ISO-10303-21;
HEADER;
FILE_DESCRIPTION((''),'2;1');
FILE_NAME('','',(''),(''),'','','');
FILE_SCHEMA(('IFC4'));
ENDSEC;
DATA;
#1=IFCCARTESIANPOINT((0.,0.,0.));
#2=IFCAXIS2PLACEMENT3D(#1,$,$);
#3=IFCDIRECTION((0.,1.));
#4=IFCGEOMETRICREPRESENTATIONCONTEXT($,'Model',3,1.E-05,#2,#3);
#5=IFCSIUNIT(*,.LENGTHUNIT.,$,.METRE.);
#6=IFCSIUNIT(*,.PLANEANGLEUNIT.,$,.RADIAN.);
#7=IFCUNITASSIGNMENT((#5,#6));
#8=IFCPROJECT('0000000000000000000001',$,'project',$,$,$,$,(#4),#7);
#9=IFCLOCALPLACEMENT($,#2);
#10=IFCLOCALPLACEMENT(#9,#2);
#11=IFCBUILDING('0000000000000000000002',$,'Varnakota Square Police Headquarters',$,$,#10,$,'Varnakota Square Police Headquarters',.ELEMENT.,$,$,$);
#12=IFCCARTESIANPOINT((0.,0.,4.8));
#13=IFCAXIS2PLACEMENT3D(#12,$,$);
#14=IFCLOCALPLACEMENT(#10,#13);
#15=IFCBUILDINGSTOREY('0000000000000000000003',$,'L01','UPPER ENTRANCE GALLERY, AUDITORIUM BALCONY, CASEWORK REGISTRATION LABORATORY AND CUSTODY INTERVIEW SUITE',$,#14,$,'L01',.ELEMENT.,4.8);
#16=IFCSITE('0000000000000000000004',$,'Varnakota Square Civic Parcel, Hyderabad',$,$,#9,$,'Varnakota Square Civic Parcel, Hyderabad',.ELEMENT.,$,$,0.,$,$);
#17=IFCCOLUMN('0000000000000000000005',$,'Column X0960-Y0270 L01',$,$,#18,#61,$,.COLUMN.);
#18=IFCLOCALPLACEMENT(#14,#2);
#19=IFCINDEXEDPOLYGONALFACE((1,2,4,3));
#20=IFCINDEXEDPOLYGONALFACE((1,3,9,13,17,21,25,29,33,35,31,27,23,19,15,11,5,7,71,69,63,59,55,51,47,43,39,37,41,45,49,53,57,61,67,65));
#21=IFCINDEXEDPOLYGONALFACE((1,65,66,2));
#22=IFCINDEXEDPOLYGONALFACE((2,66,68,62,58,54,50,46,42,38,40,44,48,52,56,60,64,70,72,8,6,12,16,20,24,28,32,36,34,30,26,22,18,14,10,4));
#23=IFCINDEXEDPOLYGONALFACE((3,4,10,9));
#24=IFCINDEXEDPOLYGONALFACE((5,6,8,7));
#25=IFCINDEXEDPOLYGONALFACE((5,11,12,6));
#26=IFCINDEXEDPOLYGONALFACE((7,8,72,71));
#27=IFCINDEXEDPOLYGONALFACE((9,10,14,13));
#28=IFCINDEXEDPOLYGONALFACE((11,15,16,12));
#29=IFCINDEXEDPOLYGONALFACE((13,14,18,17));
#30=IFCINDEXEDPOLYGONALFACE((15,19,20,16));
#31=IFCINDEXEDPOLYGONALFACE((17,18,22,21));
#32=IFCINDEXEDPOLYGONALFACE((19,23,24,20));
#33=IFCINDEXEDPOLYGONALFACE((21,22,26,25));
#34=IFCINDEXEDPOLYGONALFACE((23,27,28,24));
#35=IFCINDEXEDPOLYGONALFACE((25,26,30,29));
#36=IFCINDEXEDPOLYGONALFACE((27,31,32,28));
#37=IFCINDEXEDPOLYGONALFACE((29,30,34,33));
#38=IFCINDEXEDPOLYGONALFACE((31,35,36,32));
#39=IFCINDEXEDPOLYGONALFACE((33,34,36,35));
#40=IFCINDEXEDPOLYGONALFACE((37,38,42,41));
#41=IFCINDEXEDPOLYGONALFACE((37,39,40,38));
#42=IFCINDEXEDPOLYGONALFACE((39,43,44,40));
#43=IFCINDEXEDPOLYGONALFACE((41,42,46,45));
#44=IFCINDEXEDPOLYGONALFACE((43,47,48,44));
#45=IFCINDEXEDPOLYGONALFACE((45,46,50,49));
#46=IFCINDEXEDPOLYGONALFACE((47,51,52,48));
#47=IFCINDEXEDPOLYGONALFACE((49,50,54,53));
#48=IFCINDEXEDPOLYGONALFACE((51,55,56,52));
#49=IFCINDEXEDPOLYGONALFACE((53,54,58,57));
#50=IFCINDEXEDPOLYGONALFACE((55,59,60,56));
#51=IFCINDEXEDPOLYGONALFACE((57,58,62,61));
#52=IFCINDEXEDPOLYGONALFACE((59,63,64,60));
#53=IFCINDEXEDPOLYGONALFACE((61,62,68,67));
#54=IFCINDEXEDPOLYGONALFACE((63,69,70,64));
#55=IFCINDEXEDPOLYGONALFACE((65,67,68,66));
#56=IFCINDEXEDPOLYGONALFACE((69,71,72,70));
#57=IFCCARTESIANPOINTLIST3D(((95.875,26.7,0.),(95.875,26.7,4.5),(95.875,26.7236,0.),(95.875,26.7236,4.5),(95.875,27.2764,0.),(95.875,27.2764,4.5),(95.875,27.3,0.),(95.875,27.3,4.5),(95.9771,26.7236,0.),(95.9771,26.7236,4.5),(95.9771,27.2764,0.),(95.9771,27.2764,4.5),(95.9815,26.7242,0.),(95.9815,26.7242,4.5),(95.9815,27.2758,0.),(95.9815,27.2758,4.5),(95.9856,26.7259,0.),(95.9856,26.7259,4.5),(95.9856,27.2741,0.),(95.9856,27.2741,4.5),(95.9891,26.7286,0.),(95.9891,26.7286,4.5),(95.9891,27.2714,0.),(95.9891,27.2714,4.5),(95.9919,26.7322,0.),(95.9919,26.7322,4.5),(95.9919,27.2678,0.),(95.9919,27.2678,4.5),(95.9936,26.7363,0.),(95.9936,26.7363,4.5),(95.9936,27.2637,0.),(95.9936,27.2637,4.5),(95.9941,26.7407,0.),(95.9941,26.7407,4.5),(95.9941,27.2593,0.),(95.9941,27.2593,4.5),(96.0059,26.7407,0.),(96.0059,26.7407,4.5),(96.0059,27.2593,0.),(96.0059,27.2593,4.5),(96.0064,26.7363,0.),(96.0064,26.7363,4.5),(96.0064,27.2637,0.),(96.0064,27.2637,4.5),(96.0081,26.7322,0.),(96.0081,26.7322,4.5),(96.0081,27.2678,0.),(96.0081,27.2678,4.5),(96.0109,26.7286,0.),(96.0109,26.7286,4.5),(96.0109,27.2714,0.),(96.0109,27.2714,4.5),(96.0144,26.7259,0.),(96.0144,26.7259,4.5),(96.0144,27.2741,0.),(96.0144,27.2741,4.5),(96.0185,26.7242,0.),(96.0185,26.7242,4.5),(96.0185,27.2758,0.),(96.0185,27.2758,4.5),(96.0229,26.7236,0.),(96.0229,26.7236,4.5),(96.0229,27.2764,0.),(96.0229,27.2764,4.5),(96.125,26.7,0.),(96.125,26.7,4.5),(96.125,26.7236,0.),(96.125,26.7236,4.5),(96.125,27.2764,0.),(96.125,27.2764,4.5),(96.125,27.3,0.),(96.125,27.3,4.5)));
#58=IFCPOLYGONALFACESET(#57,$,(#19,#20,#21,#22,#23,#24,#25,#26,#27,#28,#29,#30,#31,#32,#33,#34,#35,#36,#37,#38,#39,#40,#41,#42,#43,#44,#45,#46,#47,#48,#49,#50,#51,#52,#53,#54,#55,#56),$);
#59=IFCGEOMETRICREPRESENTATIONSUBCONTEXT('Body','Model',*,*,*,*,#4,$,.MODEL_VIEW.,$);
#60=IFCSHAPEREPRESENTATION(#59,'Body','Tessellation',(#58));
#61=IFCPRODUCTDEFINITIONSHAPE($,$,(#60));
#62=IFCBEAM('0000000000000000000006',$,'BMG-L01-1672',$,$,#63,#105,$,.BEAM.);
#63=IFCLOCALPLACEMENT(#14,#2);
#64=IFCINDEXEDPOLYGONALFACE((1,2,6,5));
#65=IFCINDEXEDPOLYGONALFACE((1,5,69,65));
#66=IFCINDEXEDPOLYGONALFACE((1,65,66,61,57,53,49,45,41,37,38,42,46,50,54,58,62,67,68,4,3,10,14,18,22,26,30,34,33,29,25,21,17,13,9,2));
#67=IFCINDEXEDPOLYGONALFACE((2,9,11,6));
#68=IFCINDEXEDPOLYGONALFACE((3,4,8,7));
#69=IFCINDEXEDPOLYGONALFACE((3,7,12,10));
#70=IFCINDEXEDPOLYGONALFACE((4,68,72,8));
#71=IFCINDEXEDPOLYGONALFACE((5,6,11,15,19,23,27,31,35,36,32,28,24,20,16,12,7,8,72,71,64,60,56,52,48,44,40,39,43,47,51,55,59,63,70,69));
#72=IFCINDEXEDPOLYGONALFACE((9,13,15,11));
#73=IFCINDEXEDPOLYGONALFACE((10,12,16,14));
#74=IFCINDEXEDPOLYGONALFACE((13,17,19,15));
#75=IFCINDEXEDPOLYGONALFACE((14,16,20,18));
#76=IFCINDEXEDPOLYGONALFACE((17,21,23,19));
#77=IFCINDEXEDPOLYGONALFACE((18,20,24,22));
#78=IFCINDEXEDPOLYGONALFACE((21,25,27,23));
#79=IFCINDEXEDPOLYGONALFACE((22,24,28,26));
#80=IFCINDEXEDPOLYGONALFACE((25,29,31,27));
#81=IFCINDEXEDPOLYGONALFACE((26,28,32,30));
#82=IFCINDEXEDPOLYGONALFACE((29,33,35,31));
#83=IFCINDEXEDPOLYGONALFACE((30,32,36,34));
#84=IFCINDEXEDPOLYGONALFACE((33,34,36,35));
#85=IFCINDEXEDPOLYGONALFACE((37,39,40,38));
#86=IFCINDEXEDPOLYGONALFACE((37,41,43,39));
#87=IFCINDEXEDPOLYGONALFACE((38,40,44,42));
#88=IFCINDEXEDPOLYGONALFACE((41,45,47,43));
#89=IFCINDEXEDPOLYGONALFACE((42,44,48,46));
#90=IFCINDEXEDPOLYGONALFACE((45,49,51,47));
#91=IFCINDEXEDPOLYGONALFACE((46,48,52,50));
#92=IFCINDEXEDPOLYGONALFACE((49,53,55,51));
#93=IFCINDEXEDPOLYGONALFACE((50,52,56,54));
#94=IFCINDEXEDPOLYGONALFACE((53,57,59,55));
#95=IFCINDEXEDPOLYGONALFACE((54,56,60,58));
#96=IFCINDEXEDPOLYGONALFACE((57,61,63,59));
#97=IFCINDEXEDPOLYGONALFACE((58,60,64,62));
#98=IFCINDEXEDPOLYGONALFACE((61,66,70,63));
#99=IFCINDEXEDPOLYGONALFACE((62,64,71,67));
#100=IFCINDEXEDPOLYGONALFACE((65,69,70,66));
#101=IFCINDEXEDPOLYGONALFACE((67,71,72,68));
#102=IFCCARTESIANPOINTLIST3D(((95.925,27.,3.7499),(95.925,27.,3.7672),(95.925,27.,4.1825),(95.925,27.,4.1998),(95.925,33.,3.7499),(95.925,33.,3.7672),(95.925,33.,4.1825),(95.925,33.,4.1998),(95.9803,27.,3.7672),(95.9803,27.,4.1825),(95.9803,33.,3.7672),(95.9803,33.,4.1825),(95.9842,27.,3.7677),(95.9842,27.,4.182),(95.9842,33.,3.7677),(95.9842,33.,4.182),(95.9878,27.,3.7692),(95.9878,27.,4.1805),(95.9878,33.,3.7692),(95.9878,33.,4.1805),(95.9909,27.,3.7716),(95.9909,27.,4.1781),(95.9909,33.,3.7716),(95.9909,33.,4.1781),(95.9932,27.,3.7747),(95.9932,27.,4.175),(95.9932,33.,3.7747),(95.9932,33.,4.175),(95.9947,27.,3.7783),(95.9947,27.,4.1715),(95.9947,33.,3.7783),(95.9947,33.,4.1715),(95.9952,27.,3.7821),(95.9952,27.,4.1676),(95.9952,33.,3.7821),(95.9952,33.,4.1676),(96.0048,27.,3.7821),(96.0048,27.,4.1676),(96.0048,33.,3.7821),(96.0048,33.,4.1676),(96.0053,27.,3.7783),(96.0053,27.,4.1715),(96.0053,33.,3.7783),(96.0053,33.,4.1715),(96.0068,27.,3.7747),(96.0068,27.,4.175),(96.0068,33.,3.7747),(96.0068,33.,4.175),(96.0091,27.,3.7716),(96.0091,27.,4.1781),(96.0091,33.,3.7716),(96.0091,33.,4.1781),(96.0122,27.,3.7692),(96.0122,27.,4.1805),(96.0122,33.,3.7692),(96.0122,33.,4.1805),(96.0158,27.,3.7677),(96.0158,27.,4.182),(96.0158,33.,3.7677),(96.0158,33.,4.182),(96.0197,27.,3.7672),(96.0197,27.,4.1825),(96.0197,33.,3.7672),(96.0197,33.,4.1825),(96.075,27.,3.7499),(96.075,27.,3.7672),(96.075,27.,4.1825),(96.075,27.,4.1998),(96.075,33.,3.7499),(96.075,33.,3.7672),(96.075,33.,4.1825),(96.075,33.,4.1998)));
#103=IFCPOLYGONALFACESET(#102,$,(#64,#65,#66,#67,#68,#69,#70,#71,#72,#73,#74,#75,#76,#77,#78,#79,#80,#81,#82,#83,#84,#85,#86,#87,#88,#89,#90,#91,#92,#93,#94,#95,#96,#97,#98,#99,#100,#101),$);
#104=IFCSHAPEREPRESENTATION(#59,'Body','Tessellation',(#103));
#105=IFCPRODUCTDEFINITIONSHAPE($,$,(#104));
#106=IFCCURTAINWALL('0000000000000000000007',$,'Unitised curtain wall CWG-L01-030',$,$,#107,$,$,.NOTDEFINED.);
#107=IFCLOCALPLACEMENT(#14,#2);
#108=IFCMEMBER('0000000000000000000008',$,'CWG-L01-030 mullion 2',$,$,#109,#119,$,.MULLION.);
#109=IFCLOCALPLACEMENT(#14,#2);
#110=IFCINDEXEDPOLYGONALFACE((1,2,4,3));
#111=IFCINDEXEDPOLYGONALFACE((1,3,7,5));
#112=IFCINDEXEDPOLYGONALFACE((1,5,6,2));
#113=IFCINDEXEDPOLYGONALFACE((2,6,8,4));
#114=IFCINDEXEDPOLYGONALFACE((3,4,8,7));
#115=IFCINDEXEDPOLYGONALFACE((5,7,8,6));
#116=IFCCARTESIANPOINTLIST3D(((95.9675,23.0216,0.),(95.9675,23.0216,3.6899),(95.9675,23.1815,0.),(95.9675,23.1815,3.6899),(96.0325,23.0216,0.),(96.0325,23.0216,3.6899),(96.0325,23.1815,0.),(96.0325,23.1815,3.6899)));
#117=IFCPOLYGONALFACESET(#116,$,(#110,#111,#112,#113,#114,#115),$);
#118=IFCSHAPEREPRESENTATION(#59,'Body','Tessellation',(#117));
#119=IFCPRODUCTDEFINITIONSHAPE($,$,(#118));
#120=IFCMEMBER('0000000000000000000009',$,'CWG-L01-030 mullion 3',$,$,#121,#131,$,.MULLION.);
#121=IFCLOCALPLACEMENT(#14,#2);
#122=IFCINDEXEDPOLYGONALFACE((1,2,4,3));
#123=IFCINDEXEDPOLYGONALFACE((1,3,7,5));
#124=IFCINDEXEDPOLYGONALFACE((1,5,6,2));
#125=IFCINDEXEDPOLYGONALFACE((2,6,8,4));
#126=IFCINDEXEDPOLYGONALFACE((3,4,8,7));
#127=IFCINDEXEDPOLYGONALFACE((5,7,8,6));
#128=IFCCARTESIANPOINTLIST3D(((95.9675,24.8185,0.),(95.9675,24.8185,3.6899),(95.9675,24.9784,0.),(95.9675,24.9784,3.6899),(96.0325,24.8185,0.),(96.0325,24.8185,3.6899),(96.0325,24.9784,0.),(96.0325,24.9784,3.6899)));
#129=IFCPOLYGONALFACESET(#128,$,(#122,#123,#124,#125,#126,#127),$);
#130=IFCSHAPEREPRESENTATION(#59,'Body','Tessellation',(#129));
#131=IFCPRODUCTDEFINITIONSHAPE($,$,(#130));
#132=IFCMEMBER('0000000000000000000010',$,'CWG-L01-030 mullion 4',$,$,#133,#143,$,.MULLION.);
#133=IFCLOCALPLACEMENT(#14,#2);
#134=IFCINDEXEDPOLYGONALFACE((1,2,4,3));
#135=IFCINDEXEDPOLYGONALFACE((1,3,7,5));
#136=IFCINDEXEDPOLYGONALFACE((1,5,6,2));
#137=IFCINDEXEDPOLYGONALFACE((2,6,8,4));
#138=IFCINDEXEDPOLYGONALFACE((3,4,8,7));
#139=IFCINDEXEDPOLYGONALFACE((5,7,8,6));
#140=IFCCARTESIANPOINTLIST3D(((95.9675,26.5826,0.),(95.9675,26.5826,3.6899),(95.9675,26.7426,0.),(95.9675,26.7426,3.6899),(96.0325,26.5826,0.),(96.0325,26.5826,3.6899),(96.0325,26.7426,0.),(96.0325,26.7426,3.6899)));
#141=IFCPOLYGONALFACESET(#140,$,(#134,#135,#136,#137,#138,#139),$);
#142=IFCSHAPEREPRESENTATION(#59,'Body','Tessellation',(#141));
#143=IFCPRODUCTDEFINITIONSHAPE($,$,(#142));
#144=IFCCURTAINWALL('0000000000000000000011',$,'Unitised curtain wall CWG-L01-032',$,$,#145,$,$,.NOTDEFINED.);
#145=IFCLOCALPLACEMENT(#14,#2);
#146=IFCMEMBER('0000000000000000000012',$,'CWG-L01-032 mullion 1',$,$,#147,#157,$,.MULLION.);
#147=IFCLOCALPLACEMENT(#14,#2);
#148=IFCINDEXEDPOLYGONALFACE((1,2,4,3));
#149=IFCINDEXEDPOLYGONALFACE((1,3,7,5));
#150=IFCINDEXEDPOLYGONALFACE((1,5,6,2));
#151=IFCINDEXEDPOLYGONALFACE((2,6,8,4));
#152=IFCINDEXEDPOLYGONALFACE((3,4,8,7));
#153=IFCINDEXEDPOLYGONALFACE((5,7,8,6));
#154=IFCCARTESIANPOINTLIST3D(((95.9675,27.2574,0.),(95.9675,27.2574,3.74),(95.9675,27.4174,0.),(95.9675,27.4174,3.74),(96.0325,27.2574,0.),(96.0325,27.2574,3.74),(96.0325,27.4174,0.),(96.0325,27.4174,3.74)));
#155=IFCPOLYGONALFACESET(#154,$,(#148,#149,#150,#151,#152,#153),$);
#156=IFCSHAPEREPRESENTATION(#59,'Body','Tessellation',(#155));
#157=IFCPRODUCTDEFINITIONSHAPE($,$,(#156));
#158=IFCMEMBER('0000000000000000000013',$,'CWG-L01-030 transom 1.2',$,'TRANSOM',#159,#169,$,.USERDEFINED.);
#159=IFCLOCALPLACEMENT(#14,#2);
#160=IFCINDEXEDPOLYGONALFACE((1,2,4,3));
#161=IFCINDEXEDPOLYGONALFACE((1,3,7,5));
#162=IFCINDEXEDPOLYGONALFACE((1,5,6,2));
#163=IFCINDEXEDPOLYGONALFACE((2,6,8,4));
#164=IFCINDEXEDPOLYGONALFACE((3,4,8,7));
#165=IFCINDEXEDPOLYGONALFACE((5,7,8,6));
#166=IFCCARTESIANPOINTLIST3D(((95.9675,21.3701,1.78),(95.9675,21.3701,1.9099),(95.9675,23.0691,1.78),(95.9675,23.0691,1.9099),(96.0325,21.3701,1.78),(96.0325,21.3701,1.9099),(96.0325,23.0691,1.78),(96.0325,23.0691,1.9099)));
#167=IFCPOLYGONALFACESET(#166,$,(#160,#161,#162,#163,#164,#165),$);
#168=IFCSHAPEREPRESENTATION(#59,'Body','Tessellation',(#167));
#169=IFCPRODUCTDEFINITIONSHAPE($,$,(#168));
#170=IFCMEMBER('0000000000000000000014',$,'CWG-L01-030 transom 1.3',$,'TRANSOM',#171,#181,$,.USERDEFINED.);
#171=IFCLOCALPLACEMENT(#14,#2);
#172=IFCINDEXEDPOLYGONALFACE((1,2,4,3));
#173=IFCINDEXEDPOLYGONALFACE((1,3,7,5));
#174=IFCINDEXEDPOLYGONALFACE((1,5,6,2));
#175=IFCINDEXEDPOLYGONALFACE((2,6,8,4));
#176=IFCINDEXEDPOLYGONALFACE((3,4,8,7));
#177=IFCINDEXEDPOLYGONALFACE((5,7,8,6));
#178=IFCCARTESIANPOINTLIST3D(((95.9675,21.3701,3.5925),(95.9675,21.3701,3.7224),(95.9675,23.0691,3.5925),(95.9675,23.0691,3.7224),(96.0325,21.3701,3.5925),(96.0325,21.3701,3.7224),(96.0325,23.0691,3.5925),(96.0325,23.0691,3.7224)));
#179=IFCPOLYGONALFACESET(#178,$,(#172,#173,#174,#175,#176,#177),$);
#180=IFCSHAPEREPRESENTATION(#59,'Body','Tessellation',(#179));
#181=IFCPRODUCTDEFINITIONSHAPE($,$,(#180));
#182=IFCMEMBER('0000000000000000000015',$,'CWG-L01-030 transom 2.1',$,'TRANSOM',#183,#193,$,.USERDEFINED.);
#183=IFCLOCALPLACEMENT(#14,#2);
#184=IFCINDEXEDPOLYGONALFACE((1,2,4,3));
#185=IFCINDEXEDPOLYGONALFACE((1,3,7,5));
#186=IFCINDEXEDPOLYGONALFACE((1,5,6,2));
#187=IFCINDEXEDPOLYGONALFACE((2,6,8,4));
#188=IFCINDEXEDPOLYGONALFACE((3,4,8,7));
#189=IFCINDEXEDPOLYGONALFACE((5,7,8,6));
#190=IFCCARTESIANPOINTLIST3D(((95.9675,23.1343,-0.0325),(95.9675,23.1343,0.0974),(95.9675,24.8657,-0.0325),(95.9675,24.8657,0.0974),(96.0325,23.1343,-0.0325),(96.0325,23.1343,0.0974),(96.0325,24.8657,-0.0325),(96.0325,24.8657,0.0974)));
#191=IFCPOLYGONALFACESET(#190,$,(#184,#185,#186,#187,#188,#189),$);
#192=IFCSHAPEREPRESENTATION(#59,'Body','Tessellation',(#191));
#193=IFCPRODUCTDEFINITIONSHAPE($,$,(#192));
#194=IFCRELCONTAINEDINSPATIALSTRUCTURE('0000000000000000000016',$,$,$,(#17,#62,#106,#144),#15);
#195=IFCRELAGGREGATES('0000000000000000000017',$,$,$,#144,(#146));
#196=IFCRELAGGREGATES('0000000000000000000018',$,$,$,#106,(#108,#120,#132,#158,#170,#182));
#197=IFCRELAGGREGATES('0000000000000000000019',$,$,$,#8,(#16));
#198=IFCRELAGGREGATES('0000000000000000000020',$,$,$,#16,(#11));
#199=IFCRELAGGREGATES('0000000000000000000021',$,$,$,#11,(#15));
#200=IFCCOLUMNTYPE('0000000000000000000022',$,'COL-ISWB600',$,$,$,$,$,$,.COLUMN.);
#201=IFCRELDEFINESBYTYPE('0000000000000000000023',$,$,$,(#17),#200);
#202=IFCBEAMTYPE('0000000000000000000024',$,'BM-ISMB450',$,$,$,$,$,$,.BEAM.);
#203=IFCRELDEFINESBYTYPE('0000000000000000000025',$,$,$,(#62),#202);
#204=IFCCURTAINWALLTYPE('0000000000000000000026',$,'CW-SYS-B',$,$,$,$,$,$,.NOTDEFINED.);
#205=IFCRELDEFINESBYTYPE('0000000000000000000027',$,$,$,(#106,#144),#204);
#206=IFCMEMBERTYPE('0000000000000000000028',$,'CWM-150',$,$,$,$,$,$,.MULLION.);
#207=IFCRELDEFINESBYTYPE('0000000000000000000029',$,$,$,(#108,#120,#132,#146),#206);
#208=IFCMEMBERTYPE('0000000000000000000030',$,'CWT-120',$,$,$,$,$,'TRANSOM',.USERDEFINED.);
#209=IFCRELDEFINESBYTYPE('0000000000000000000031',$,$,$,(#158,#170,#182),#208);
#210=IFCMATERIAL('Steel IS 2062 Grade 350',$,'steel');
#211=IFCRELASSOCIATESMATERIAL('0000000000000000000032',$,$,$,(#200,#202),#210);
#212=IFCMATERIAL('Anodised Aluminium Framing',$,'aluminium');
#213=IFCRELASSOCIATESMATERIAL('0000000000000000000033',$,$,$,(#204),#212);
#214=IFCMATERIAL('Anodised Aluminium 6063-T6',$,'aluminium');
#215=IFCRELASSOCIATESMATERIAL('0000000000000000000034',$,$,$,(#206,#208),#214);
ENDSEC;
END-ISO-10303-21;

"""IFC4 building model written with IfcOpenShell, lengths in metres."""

from ifc_helpers import new_model, si_unit, direction, frame, origin, origin_2d, place, context, subcontext, project, spatial, rectangle, i_section, extrude, material, material_profile, profile_set, type_object, element, aggregate, save


model = new_model("IFC4")

# Units and contexts
model_context = context("Model", 3, precision=1e-05, world=origin(), true_north=direction((0.0, 1.0)))
body_context = subcontext(model_context, "Body", "Model", "MODEL_VIEW")
ifc_project = project(units=[si_unit("LENGTHUNIT", "METRE"), si_unit("PLANEANGLEUNIT", "RADIAN")], contexts=[model_context])

# Site, building, storey
site_placement = place(None, origin())
site = spatial("IfcSite", under=ifc_project, at=site_placement, Name="Varnakota Square Civic Parcel, Hyderabad", LongName="Varnakota Square Civic Parcel, Hyderabad", CompositionType="ELEMENT", RefElevation=0.0)
building_placement = place(site_placement, origin())
building = spatial("IfcBuilding", under=site, at=building_placement, Name="Varnakota Square Police Headquarters", LongName="Varnakota Square Police Headquarters", CompositionType="ELEMENT")
storey_placement = place(building_placement, frame((0.0, 0.0, 4.8)))
storey = spatial("IfcBuildingStorey", under=building, at=storey_placement, Name="L01", Description="UPPER ENTRANCE GALLERY, AUDITORIUM BALCONY, CASEWORK REGISTRATION LABORATORY AND CUSTODY INTERVIEW SUITE", LongName="L01", CompositionType="ELEMENT", Elevation=4.8)

# Column
ifc_material_1 = material(Name="Steel IS 2062 Grade 350", Category="steel")
ifc_material_profile_1 = material_profile(ifc_material_1, i_section(OverallWidth=0.25, OverallDepth=0.6001, WebThickness=0.0117, FlangeThickness=0.0237, FilletRadius=0.0171, at=origin_2d()), Name="ISWB 600")
ifc_profile_set_1 = profile_set([ifc_material_profile_1], Name="Steel IS 2062 Grade 350")
column_type = type_object("IfcColumnType", Name="COL-ISWB600", PredefinedType="COLUMN", material=ifc_profile_set_1)
column_placement = place(storey_placement, frame((96.0, 27.0, 0.0), z_axis=(0.0, 0.0, 1.0), x_axis=(1.0, 0.0, 0.0)))
element("IfcColumn", 1, at=column_placement, inside=storey, type_object=column_type, Name="Column X0960-Y0270 L01", PredefinedType="COLUMN", context=body_context, shape_type="SweptSolid", body=[
    extrude(i_section(OverallWidth=0.25, OverallDepth=0.6001, WebThickness=0.0117, FlangeThickness=0.0237, FilletRadius=0.0171, at=origin_2d()), origin(), (0.0, 0.0, 1.0), 4.5),
])

# Beam
ifc_material_profile_2 = material_profile(ifc_material_1, i_section(OverallWidth=0.1499, OverallDepth=0.45, WebThickness=0.0095, FlangeThickness=0.0173, FilletRadius=0.0149, at=origin_2d()), Name="ISMB 450")
ifc_profile_set_2 = profile_set([ifc_material_profile_2], Name="Steel IS 2062 Grade 350")
beam_type = type_object("IfcBeamType", Name="BM-ISMB450", PredefinedType="BEAM", material=ifc_profile_set_2)
beam_placement = place(storey_placement, frame((96.0, 27.0, 3.9749), z_axis=(0.0, 1.0, 0.0), x_axis=(-1.0, 0.0, 0.0)))
element("IfcBeam", 2, at=beam_placement, inside=storey, type_object=beam_type, Name="BMG-L01-1672", PredefinedType="BEAM", context=body_context, shape_type="SweptSolid", body=[
    extrude(i_section(OverallWidth=0.1499, OverallDepth=0.45, WebThickness=0.0095, FlangeThickness=0.0173, FilletRadius=0.0149, at=origin_2d()), origin(), (0.0, 0.0, 1.0), 6.0),
])

# Curtain wall, members
ifc_material_2 = material(Name="Anodised Aluminium Framing", Category="aluminium")
curtain_wall_type = type_object("IfcCurtainWallType", Name="CW-SYS-B", PredefinedType="NOTDEFINED", material=ifc_material_2)
curtain_wall_1_placement = place(storey_placement, origin())
curtain_wall_1 = element("IfcCurtainWall", 3, at=curtain_wall_1_placement, inside=storey, type_object=curtain_wall_type, Name="Unitised curtain wall CWG-L01-030", PredefinedType="NOTDEFINED")
ifc_material_3 = material(Name="Anodised Aluminium 6063-T6", Category="aluminium")
ifc_material_profile_3 = material_profile(ifc_material_3, rectangle(XDim=0.0649, YDim=0.1599, at=origin_2d()), Name="ALU MULLION 65x160")
ifc_profile_set_3 = profile_set([ifc_material_profile_3], Name="Anodised Aluminium 6063-T6")
member_type_1 = type_object("IfcMemberType", Name="CWM-150", PredefinedType="MULLION", material=ifc_profile_set_3)
member_1_placement = place(storey_placement, frame((96.0, 23.1016, 0.0), z_axis=(0.0, 0.0, 1.0), x_axis=(-1.0, 0.0, 0.0)))
member_1 = element("IfcMember", 4, at=member_1_placement, type_object=member_type_1, Name="CWG-L01-030 mullion 2", PredefinedType="MULLION", context=body_context, shape_type="SweptSolid", body=[
    extrude(rectangle(XDim=0.0649, YDim=0.1599, at=origin_2d()), origin(), (0.0, 0.0, 1.0), 3.6899),
])
member_2_placement = place(storey_placement, frame((96.0, 24.8984, 0.0), z_axis=(0.0, 0.0, 1.0), x_axis=(-1.0, 0.0, 0.0)))
member_2 = element("IfcMember", 5, at=member_2_placement, type_object=member_type_1, Name="CWG-L01-030 mullion 3", PredefinedType="MULLION", context=body_context, shape_type="SweptSolid", body=[
    extrude(rectangle(XDim=0.0649, YDim=0.1599, at=origin_2d()), origin(), (0.0, 0.0, 1.0), 3.6899),
])
member_3_placement = place(storey_placement, frame((96.0, 26.6626, 0.0), z_axis=(0.0, 0.0, 1.0), x_axis=(-1.0, 0.0, 0.0)))
member_3 = element("IfcMember", 6, at=member_3_placement, type_object=member_type_1, Name="CWG-L01-030 mullion 4", PredefinedType="MULLION", context=body_context, shape_type="SweptSolid", body=[
    extrude(rectangle(XDim=0.0649, YDim=0.1599, at=origin_2d()), origin(), (0.0, 0.0, 1.0), 3.6899),
])

# Curtain wall, member
curtain_wall_2_placement = place(storey_placement, origin())
curtain_wall_2 = element("IfcCurtainWall", 7, at=curtain_wall_2_placement, inside=storey, type_object=curtain_wall_type, Name="Unitised curtain wall CWG-L01-032", PredefinedType="NOTDEFINED")
member_4_placement = place(storey_placement, frame((96.0, 27.3374, 0.0), z_axis=(0.0, 0.0, 1.0), x_axis=(-1.0, 0.0, 0.0)))
member_4 = element("IfcMember", 8, at=member_4_placement, type_object=member_type_1, Name="CWG-L01-032 mullion 1", PredefinedType="MULLION", context=body_context, shape_type="SweptSolid", body=[
    extrude(rectangle(XDim=0.0649, YDim=0.1599, at=origin_2d()), origin(), (0.0, 0.0, 1.0), 3.74),
])

# Members
ifc_material_profile_4 = material_profile(ifc_material_3, rectangle(XDim=0.0649, YDim=0.1299, at=origin_2d()), Name="ALU TRANSOM 65x130")
ifc_profile_set_4 = profile_set([ifc_material_profile_4], Name="Anodised Aluminium 6063-T6")
member_type_2 = type_object("IfcMemberType", Name="CWT-120", ElementType="TRANSOM", PredefinedType="USERDEFINED", material=ifc_profile_set_4)
member_5_placement = place(storey_placement, frame((96.0, 21.3701, 1.845), z_axis=(0.0, 1.0, 0.0), x_axis=(-1.0, 0.0, 0.0)))
member_5 = element("IfcMember", 9, at=member_5_placement, type_object=member_type_2, Name="CWG-L01-030 transom 1.2", ObjectType="TRANSOM", PredefinedType="USERDEFINED", context=body_context, shape_type="SweptSolid", body=[
    extrude(rectangle(XDim=0.0649, YDim=0.1299, at=origin_2d()), origin(), (0.0, 0.0, 1.0), 1.699),
])
member_6_placement = place(storey_placement, frame((96.0, 21.3701, 3.6575), z_axis=(0.0, 1.0, 0.0), x_axis=(-1.0, 0.0, 0.0)))
member_6 = element("IfcMember", 10, at=member_6_placement, type_object=member_type_2, Name="CWG-L01-030 transom 1.3", ObjectType="TRANSOM", PredefinedType="USERDEFINED", context=body_context, shape_type="SweptSolid", body=[
    extrude(rectangle(XDim=0.0649, YDim=0.1299, at=origin_2d()), origin(), (0.0, 0.0, 1.0), 1.699),
])
member_7_placement = place(storey_placement, frame((96.0, 23.1343, 0.0325), z_axis=(0.0, 1.0, 0.0), x_axis=(-1.0, 0.0, 0.0)))
member_7 = element("IfcMember", 11, at=member_7_placement, type_object=member_type_2, Name="CWG-L01-030 transom 2.1", ObjectType="TRANSOM", PredefinedType="USERDEFINED", context=body_context, shape_type="SweptSolid", body=[
    extrude(rectangle(XDim=0.0649, YDim=0.1299, at=origin_2d()), origin(), (0.0, 0.0, 1.0), 1.7314),
])
aggregate(curtain_wall_2, [member_4])

aggregate(curtain_wall_1, [member_1, member_2, member_3, member_5, member_6, member_7])

save(model, "model.ifc")
